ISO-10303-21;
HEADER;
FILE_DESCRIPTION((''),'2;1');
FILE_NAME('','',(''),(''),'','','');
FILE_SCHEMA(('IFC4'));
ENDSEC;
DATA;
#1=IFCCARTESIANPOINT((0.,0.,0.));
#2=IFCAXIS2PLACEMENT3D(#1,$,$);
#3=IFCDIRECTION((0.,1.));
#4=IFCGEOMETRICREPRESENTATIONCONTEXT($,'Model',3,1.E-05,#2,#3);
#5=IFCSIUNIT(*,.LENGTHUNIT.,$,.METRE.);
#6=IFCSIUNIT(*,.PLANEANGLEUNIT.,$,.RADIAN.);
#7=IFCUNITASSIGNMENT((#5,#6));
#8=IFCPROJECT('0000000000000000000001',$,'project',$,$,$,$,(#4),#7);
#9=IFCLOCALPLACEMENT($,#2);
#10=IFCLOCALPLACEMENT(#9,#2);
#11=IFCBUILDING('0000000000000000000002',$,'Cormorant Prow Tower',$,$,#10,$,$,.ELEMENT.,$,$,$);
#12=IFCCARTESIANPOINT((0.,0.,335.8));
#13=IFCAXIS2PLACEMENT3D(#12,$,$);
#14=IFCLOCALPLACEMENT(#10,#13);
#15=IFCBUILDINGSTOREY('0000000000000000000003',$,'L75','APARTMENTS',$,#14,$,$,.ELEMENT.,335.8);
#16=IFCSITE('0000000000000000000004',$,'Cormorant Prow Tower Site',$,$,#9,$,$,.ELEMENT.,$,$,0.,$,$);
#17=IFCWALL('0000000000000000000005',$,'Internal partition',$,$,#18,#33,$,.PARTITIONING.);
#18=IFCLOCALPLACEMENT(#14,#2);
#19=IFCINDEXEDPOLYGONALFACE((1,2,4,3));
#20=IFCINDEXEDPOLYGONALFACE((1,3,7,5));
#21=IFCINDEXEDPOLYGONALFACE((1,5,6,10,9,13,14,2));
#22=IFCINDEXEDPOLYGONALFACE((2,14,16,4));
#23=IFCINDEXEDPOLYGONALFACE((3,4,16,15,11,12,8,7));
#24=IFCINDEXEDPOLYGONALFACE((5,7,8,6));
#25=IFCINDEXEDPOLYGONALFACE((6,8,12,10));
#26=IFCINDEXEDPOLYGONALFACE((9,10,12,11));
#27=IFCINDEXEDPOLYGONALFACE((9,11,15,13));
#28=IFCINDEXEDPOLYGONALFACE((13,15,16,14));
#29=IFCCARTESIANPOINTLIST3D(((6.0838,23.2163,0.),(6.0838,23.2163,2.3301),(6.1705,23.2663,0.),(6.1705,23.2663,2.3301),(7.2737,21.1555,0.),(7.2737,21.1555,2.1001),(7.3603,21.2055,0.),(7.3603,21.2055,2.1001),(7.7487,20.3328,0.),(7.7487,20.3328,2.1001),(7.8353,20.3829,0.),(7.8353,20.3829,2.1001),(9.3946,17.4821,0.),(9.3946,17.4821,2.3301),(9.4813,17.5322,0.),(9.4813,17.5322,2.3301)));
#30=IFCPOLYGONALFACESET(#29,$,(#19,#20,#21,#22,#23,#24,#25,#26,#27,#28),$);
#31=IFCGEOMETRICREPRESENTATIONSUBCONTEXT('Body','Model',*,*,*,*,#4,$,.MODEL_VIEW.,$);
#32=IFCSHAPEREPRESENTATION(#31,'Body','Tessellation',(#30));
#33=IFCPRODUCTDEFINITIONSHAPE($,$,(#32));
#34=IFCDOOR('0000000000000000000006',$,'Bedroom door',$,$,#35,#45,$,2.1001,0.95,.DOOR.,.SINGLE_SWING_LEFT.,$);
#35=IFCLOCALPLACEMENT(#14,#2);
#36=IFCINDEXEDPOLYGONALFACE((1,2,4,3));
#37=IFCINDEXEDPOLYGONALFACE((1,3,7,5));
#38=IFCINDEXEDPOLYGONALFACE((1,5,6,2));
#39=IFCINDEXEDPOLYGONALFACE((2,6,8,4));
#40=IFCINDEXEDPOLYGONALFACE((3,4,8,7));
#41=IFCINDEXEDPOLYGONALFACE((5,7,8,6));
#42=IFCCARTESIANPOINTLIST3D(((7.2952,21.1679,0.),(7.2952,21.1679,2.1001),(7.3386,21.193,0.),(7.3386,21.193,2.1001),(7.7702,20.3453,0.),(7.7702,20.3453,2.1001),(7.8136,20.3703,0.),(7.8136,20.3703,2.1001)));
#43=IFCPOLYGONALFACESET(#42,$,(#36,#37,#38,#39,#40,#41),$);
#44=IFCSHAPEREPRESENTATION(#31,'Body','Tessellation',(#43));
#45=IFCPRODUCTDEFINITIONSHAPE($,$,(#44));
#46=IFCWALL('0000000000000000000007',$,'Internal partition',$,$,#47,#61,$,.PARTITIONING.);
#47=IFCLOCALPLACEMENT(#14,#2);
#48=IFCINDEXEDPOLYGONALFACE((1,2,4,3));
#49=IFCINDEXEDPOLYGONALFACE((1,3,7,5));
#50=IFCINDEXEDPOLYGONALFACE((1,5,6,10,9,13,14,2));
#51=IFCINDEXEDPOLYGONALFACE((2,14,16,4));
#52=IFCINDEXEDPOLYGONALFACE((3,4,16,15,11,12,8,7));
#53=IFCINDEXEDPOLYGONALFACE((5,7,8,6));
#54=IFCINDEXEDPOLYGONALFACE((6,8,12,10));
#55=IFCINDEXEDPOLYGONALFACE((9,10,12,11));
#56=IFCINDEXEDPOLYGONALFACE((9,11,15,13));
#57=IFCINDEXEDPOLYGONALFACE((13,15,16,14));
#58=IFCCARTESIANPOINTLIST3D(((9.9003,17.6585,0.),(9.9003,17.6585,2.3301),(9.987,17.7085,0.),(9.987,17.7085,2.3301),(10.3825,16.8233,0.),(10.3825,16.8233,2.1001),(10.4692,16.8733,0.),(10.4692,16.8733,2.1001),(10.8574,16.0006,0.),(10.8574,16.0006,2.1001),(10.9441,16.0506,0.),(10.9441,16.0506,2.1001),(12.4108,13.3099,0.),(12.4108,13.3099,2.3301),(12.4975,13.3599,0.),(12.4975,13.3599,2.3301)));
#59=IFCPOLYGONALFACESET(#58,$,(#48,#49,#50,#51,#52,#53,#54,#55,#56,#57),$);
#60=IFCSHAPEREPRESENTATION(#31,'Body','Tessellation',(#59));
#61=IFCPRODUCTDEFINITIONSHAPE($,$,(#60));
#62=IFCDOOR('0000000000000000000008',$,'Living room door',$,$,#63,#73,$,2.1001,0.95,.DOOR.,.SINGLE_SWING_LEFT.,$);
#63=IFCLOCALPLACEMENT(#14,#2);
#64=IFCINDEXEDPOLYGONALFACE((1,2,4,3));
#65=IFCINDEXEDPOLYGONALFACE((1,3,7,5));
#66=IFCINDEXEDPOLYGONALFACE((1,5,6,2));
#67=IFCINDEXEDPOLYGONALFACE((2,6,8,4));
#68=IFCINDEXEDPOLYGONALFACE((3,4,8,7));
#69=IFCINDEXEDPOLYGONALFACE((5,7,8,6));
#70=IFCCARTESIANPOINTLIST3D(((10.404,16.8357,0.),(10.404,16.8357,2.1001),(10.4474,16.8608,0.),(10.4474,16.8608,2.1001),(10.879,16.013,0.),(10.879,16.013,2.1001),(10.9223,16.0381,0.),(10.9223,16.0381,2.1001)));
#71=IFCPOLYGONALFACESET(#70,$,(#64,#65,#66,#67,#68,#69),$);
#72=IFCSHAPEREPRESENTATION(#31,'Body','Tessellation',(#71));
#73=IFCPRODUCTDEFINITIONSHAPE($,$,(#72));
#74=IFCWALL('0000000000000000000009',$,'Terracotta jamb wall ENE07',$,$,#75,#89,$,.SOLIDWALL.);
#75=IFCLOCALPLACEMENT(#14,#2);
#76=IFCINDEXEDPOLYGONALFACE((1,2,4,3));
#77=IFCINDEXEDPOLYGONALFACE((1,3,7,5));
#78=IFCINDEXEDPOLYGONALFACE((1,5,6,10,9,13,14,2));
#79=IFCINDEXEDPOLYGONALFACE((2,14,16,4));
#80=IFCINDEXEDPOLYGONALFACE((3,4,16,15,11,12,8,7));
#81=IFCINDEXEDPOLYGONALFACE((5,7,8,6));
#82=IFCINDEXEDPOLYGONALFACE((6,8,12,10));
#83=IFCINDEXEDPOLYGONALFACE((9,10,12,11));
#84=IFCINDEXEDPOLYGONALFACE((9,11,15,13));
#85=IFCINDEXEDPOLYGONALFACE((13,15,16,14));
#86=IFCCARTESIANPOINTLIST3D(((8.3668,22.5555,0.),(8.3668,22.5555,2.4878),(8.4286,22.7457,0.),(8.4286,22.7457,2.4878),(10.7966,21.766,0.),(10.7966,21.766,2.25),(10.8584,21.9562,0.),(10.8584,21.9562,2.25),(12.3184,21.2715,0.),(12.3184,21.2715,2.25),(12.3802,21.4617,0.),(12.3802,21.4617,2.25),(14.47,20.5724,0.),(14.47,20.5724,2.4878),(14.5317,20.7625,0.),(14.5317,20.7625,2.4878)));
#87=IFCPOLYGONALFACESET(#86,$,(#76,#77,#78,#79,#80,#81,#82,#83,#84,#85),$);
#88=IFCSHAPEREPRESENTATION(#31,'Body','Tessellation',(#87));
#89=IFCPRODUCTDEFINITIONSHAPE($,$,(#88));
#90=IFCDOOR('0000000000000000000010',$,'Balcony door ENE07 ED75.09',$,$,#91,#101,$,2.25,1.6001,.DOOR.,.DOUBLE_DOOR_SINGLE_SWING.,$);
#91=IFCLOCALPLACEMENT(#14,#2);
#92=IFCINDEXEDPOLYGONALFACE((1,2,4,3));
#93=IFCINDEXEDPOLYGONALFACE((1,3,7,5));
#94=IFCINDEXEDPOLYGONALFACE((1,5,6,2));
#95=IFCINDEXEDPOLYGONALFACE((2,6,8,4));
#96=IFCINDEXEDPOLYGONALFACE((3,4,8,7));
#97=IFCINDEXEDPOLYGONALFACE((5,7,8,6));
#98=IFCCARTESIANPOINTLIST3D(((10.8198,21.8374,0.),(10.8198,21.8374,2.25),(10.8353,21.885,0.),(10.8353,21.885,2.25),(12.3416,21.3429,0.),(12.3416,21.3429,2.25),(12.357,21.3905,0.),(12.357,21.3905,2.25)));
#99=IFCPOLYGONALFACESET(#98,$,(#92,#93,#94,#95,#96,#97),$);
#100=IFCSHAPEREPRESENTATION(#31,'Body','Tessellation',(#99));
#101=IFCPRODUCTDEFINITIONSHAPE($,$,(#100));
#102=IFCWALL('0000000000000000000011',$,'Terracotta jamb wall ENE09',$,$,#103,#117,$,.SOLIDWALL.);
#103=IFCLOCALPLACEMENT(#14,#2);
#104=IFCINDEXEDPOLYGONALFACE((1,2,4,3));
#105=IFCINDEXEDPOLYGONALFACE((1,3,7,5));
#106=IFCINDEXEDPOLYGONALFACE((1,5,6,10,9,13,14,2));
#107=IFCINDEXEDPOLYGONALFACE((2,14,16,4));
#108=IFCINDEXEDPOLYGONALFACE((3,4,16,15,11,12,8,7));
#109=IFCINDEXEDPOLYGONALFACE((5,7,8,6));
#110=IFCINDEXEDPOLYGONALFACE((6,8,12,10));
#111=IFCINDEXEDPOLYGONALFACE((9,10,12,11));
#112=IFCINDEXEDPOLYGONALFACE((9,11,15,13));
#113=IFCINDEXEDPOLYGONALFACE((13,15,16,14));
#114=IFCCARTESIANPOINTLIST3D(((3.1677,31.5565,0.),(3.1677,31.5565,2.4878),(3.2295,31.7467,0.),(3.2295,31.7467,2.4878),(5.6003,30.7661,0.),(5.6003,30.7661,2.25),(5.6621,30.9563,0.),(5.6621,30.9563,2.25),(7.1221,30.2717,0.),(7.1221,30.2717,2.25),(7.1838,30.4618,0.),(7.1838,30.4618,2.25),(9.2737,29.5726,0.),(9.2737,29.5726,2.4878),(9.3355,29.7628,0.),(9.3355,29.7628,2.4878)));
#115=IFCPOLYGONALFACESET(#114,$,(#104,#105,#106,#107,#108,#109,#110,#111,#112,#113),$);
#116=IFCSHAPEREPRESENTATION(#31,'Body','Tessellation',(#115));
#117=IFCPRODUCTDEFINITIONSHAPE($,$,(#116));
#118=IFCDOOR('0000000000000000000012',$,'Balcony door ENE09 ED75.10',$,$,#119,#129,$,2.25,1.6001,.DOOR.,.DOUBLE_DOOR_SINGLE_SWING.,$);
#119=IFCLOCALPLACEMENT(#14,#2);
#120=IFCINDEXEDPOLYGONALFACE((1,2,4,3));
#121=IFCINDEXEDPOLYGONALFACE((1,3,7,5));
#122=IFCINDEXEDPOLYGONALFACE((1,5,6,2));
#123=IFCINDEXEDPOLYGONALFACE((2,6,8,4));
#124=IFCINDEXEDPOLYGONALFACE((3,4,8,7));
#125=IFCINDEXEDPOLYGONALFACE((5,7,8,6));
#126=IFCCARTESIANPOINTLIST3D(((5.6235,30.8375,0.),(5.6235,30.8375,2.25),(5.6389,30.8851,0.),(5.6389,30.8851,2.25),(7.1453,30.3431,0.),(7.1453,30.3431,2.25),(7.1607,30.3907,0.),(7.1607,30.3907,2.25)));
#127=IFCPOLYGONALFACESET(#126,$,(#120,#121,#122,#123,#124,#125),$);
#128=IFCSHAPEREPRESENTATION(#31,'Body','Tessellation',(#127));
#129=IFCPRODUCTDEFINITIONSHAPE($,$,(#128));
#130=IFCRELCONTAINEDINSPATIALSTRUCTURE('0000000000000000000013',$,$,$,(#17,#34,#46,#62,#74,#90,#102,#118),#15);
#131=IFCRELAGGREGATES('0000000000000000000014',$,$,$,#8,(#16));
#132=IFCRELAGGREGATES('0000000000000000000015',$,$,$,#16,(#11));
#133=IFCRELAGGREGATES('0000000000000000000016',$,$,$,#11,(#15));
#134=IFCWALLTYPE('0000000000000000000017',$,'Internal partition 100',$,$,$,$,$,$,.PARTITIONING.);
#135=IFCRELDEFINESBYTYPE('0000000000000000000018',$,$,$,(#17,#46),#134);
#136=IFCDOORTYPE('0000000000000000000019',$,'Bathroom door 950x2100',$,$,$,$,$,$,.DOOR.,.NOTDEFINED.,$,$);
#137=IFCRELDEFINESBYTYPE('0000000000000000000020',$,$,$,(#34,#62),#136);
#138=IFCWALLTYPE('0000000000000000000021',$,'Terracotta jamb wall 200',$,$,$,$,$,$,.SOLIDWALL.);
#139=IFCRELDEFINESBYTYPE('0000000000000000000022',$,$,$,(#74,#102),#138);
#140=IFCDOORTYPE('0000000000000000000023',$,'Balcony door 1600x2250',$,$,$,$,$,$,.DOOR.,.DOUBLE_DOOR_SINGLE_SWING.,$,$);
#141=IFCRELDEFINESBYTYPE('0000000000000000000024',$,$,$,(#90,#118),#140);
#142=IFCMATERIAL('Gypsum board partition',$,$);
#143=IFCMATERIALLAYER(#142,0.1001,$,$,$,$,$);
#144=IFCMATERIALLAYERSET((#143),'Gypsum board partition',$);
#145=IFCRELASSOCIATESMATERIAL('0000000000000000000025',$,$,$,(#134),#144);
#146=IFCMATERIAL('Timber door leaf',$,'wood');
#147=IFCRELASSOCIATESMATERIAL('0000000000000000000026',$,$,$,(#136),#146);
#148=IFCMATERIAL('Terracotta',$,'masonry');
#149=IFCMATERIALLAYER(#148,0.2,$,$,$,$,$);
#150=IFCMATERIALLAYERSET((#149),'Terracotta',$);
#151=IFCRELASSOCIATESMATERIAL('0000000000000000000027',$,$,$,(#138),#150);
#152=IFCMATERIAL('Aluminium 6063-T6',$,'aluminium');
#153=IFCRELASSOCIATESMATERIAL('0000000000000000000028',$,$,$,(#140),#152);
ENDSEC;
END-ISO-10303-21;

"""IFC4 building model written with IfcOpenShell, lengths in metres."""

from ifc_helpers import new_model, si_unit, direction, frame, frame_2d, origin, place, context, subcontext, project, spatial, rectangle, extrude, material, layer, layer_set, type_object, element, fill, save


model = new_model("IFC4")

# Units and contexts
model_context = context("Model", 3, precision=1e-05, world=origin(), true_north=direction((0.0, 1.0)))
body_context = subcontext(model_context, "Body", "Model", "MODEL_VIEW")
ifc_project = project(units=[si_unit("LENGTHUNIT", "METRE"), si_unit("PLANEANGLEUNIT", "RADIAN")], contexts=[model_context])

# Site, building, storey
site_placement = place(None, origin())
site = spatial("IfcSite", under=ifc_project, at=site_placement, Name="Cormorant Prow Tower Site", CompositionType="ELEMENT", RefElevation=0.0)
building_placement = place(site_placement, origin())
building = spatial("IfcBuilding", under=site, at=building_placement, Name="Cormorant Prow Tower", CompositionType="ELEMENT")
storey_placement = place(building_placement, frame((0.0, 0.0, 335.8)))
storey = spatial("IfcBuildingStorey", under=building, at=storey_placement, Name="L75", Description="APARTMENTS", CompositionType="ELEMENT", Elevation=335.8)

# Walls, openings, doors
ifc_material_1 = material(Name="Gypsum board partition")
ifc_layer_1 = layer(ifc_material_1, 0.1001)
ifc_layer_set_1 = layer_set([ifc_layer_1], Name="Gypsum board partition")
wall_type_1 = type_object("IfcWallType", Name="Internal partition 100", PredefinedType="PARTITIONING", material=ifc_layer_set_1)
wall_1_placement = place(storey_placement, frame((6.1272, 23.2412, 0.0), z_axis=(0.0, 0.0, 1.0), x_axis=(0.500021, -0.866013, 0.0)))
wall_1 = element("IfcWall", 1, at=wall_1_placement, inside=storey, type_object=wall_type_1, Name="Internal partition", PredefinedType="PARTITIONING", context=body_context, shape_type="SweptSolid", body=[
    extrude(rectangle(XDim=6.6213, YDim=0.1001, at=frame_2d((3.3105, 0.0))), origin(), (0.0, 0.0, 1.0), 2.3301),
])
opening_1_placement = place(wall_1_placement, frame((2.3794, 0.0, 0.0)))
opening_1 = element("IfcOpeningElement", 2, at=opening_1_placement, cuts=wall_1, PredefinedType="OPENING", context=body_context, shape_type="SweptSolid", body=[
    extrude(rectangle(XDim=0.95, YDim=2.1001, at=frame_2d((0.4751, 1.05))), frame((0.0, 0.0601, 0.0), z_axis=(0.0, -1.0, 0.0), x_axis=(1.0, 0.0, 0.0)), (0.0, 0.0, 1.0), 0.1201),
])
ifc_material_2 = material(Name="Timber door leaf", Category="wood")
door_type_1 = type_object("IfcDoorType", Name="Bathroom door 950x2100", OperationType="NOTDEFINED", PredefinedType="DOOR", material=ifc_material_2)
door_1_placement = place(opening_1_placement, origin())
door_1 = element("IfcDoor", 3, at=door_1_placement, inside=storey, type_object=door_type_1, Name="Bedroom door", OperationType="SINGLE_SWING_LEFT", OverallHeight=2.1001, OverallWidth=0.95, PredefinedType="DOOR", context=body_context, shape_type="SweptSolid", body=[
    extrude(rectangle(XDim=0.95, YDim=2.1001, at=frame_2d((0.4751, 1.05))), frame((0.0, 0.0249, 0.0), z_axis=(0.0, -1.0, 0.0), x_axis=(1.0, 0.0, 0.0)), (0.0, 0.0, 1.0), 0.05),
])
fill(opening_1, door_1)
wall_2_placement = place(storey_placement, frame((9.9436, 17.6836, 0.0), z_axis=(0.0, 0.0, 1.0), x_axis=(0.499972, -0.866041, 0.0)))
wall_2 = element("IfcWall", 4, at=wall_2_placement, inside=storey, type_object=wall_type_1, Name="Internal partition", PredefinedType="PARTITIONING", context=body_context, shape_type="SweptSolid", body=[
    extrude(rectangle(XDim=5.0212, YDim=0.1001, at=frame_2d((2.5107, 0.0))), origin(), (0.0, 0.0, 1.0), 2.3301),
])
opening_2_placement = place(wall_2_placement, frame((0.9644, 0.0, 0.0)))
opening_2 = element("IfcOpeningElement", 5, at=opening_2_placement, cuts=wall_2, PredefinedType="OPENING", context=body_context, shape_type="SweptSolid", body=[
    extrude(rectangle(XDim=0.95, YDim=2.1001, at=frame_2d((0.4751, 1.05))), frame((0.0, 0.0601, 0.0), z_axis=(0.0, -1.0, 0.0), x_axis=(1.0, 0.0, 0.0)), (0.0, 0.0, 1.0), 0.1201),
])
door_2_placement = place(opening_2_placement, origin())
door_2 = element("IfcDoor", 6, at=door_2_placement, inside=storey, type_object=door_type_1, Name="Living room door", OperationType="SINGLE_SWING_LEFT", OverallHeight=2.1001, OverallWidth=0.95, PredefinedType="DOOR", context=body_context, shape_type="SweptSolid", body=[
    extrude(rectangle(XDim=0.95, YDim=2.1001, at=frame_2d((0.4751, 1.05))), frame((0.0, 0.0249, 0.0), z_axis=(0.0, -1.0, 0.0), x_axis=(1.0, 0.0, 0.0)), (0.0, 0.0, 1.0), 0.05),
])
fill(opening_2, door_2)
ifc_material_3 = material(Name="Terracotta", Category="masonry")
ifc_layer_2 = layer(ifc_material_3, 0.2)
ifc_layer_set_2 = layer_set([ifc_layer_2], Name="Terracotta")
wall_type_2 = type_object("IfcWallType", Name="Terracotta jamb wall 200", PredefinedType="SOLIDWALL", material=ifc_layer_set_2)
wall_3_placement = place(storey_placement, frame((14.5007, 20.6675, 0.0), z_axis=(0.0, 0.0, 1.0), x_axis=(-0.951049, 0.30904, 0.0)))
wall_3 = element("IfcWall", 7, at=wall_3_placement, inside=storey, type_object=wall_type_2, Name="Terracotta jamb wall ENE07", PredefinedType="SOLIDWALL", context=body_context, shape_type="SweptSolid", body=[
    extrude(rectangle(XDim=6.4172, YDim=0.2, at=frame_2d((3.2085, 0.0))), origin(), (0.0, 0.0, 1.0), 2.4878),
])
opening_3_placement = place(wall_3_placement, frame((2.2622, 0.0, 0.0)))
opening_3 = element("IfcOpeningElement", 8, at=opening_3_placement, cuts=wall_3, PredefinedType="OPENING", context=body_context, shape_type="SweptSolid", body=[
    extrude(rectangle(XDim=1.6001, YDim=2.25, at=frame_2d((0.8, 1.125))), frame((0.0, 0.1099, 0.0), z_axis=(0.0, -1.0, 0.0), x_axis=(1.0, 0.0, 0.0)), (0.0, 0.0, 1.0), 0.22),
])
ifc_material_4 = material(Name="Aluminium 6063-T6", Category="aluminium")
door_type_2 = type_object("IfcDoorType", Name="Balcony door 1600x2250", OperationType="DOUBLE_DOOR_SINGLE_SWING", PredefinedType="DOOR", material=ifc_material_4)
door_3_placement = place(opening_3_placement, origin())
door_3 = element("IfcDoor", 9, at=door_3_placement, inside=storey, type_object=door_type_2, Name="Balcony door ENE07 ED75.09", OperationType="DOUBLE_DOOR_SINGLE_SWING", OverallHeight=2.25, OverallWidth=1.6001, PredefinedType="DOOR", context=body_context, shape_type="SweptSolid", body=[
    extrude(rectangle(XDim=1.6001, YDim=2.25, at=frame_2d((0.8, 1.125))), frame((0.0, 0.0249, 0.0), z_axis=(0.0, -1.0, 0.0), x_axis=(1.0, 0.0, 0.0)), (0.0, 0.0, 1.0), 0.05),
])
fill(opening_3, door_3)
wall_4_placement = place(storey_placement, frame((9.3044, 29.6677, 0.0), z_axis=(0.0, 0.0, 1.0), x_axis=(-0.951059, 0.309009, 0.0)))
wall_4 = element("IfcWall", 10, at=wall_4_placement, inside=storey, type_object=wall_type_2, Name="Terracotta jamb wall ENE09", PredefinedType="SOLIDWALL", context=body_context, shape_type="SweptSolid", body=[
    extrude(rectangle(XDim=6.4202, YDim=0.2, at=frame_2d((3.21, 0.0))), origin(), (0.0, 0.0, 1.0), 2.4878),
])
opening_4_placement = place(wall_4_placement, frame((2.2622, 0.0, 0.0)))
opening_4 = element("IfcOpeningElement", 11, at=opening_4_placement, cuts=wall_4, PredefinedType="OPENING", context=body_context, shape_type="SweptSolid", body=[
    extrude(rectangle(XDim=1.6001, YDim=2.25, at=frame_2d((0.8, 1.125))), frame((0.0, 0.1099, 0.0), z_axis=(0.0, -1.0, 0.0), x_axis=(1.0, 0.0, 0.0)), (0.0, 0.0, 1.0), 0.22),
])
door_4_placement = place(opening_4_placement, origin())
door_4 = element("IfcDoor", 12, at=door_4_placement, inside=storey, type_object=door_type_2, Name="Balcony door ENE09 ED75.10", OperationType="DOUBLE_DOOR_SINGLE_SWING", OverallHeight=2.25, OverallWidth=1.6001, PredefinedType="DOOR", context=body_context, shape_type="SweptSolid", body=[
    extrude(rectangle(XDim=1.6001, YDim=2.25, at=frame_2d((0.8, 1.125))), frame((0.0, 0.0249, 0.0), z_axis=(0.0, -1.0, 0.0), x_axis=(1.0, 0.0, 0.0)), (0.0, 0.0, 1.0), 0.05),
])
fill(opening_4, door_4)

save(model, "model.ifc")
